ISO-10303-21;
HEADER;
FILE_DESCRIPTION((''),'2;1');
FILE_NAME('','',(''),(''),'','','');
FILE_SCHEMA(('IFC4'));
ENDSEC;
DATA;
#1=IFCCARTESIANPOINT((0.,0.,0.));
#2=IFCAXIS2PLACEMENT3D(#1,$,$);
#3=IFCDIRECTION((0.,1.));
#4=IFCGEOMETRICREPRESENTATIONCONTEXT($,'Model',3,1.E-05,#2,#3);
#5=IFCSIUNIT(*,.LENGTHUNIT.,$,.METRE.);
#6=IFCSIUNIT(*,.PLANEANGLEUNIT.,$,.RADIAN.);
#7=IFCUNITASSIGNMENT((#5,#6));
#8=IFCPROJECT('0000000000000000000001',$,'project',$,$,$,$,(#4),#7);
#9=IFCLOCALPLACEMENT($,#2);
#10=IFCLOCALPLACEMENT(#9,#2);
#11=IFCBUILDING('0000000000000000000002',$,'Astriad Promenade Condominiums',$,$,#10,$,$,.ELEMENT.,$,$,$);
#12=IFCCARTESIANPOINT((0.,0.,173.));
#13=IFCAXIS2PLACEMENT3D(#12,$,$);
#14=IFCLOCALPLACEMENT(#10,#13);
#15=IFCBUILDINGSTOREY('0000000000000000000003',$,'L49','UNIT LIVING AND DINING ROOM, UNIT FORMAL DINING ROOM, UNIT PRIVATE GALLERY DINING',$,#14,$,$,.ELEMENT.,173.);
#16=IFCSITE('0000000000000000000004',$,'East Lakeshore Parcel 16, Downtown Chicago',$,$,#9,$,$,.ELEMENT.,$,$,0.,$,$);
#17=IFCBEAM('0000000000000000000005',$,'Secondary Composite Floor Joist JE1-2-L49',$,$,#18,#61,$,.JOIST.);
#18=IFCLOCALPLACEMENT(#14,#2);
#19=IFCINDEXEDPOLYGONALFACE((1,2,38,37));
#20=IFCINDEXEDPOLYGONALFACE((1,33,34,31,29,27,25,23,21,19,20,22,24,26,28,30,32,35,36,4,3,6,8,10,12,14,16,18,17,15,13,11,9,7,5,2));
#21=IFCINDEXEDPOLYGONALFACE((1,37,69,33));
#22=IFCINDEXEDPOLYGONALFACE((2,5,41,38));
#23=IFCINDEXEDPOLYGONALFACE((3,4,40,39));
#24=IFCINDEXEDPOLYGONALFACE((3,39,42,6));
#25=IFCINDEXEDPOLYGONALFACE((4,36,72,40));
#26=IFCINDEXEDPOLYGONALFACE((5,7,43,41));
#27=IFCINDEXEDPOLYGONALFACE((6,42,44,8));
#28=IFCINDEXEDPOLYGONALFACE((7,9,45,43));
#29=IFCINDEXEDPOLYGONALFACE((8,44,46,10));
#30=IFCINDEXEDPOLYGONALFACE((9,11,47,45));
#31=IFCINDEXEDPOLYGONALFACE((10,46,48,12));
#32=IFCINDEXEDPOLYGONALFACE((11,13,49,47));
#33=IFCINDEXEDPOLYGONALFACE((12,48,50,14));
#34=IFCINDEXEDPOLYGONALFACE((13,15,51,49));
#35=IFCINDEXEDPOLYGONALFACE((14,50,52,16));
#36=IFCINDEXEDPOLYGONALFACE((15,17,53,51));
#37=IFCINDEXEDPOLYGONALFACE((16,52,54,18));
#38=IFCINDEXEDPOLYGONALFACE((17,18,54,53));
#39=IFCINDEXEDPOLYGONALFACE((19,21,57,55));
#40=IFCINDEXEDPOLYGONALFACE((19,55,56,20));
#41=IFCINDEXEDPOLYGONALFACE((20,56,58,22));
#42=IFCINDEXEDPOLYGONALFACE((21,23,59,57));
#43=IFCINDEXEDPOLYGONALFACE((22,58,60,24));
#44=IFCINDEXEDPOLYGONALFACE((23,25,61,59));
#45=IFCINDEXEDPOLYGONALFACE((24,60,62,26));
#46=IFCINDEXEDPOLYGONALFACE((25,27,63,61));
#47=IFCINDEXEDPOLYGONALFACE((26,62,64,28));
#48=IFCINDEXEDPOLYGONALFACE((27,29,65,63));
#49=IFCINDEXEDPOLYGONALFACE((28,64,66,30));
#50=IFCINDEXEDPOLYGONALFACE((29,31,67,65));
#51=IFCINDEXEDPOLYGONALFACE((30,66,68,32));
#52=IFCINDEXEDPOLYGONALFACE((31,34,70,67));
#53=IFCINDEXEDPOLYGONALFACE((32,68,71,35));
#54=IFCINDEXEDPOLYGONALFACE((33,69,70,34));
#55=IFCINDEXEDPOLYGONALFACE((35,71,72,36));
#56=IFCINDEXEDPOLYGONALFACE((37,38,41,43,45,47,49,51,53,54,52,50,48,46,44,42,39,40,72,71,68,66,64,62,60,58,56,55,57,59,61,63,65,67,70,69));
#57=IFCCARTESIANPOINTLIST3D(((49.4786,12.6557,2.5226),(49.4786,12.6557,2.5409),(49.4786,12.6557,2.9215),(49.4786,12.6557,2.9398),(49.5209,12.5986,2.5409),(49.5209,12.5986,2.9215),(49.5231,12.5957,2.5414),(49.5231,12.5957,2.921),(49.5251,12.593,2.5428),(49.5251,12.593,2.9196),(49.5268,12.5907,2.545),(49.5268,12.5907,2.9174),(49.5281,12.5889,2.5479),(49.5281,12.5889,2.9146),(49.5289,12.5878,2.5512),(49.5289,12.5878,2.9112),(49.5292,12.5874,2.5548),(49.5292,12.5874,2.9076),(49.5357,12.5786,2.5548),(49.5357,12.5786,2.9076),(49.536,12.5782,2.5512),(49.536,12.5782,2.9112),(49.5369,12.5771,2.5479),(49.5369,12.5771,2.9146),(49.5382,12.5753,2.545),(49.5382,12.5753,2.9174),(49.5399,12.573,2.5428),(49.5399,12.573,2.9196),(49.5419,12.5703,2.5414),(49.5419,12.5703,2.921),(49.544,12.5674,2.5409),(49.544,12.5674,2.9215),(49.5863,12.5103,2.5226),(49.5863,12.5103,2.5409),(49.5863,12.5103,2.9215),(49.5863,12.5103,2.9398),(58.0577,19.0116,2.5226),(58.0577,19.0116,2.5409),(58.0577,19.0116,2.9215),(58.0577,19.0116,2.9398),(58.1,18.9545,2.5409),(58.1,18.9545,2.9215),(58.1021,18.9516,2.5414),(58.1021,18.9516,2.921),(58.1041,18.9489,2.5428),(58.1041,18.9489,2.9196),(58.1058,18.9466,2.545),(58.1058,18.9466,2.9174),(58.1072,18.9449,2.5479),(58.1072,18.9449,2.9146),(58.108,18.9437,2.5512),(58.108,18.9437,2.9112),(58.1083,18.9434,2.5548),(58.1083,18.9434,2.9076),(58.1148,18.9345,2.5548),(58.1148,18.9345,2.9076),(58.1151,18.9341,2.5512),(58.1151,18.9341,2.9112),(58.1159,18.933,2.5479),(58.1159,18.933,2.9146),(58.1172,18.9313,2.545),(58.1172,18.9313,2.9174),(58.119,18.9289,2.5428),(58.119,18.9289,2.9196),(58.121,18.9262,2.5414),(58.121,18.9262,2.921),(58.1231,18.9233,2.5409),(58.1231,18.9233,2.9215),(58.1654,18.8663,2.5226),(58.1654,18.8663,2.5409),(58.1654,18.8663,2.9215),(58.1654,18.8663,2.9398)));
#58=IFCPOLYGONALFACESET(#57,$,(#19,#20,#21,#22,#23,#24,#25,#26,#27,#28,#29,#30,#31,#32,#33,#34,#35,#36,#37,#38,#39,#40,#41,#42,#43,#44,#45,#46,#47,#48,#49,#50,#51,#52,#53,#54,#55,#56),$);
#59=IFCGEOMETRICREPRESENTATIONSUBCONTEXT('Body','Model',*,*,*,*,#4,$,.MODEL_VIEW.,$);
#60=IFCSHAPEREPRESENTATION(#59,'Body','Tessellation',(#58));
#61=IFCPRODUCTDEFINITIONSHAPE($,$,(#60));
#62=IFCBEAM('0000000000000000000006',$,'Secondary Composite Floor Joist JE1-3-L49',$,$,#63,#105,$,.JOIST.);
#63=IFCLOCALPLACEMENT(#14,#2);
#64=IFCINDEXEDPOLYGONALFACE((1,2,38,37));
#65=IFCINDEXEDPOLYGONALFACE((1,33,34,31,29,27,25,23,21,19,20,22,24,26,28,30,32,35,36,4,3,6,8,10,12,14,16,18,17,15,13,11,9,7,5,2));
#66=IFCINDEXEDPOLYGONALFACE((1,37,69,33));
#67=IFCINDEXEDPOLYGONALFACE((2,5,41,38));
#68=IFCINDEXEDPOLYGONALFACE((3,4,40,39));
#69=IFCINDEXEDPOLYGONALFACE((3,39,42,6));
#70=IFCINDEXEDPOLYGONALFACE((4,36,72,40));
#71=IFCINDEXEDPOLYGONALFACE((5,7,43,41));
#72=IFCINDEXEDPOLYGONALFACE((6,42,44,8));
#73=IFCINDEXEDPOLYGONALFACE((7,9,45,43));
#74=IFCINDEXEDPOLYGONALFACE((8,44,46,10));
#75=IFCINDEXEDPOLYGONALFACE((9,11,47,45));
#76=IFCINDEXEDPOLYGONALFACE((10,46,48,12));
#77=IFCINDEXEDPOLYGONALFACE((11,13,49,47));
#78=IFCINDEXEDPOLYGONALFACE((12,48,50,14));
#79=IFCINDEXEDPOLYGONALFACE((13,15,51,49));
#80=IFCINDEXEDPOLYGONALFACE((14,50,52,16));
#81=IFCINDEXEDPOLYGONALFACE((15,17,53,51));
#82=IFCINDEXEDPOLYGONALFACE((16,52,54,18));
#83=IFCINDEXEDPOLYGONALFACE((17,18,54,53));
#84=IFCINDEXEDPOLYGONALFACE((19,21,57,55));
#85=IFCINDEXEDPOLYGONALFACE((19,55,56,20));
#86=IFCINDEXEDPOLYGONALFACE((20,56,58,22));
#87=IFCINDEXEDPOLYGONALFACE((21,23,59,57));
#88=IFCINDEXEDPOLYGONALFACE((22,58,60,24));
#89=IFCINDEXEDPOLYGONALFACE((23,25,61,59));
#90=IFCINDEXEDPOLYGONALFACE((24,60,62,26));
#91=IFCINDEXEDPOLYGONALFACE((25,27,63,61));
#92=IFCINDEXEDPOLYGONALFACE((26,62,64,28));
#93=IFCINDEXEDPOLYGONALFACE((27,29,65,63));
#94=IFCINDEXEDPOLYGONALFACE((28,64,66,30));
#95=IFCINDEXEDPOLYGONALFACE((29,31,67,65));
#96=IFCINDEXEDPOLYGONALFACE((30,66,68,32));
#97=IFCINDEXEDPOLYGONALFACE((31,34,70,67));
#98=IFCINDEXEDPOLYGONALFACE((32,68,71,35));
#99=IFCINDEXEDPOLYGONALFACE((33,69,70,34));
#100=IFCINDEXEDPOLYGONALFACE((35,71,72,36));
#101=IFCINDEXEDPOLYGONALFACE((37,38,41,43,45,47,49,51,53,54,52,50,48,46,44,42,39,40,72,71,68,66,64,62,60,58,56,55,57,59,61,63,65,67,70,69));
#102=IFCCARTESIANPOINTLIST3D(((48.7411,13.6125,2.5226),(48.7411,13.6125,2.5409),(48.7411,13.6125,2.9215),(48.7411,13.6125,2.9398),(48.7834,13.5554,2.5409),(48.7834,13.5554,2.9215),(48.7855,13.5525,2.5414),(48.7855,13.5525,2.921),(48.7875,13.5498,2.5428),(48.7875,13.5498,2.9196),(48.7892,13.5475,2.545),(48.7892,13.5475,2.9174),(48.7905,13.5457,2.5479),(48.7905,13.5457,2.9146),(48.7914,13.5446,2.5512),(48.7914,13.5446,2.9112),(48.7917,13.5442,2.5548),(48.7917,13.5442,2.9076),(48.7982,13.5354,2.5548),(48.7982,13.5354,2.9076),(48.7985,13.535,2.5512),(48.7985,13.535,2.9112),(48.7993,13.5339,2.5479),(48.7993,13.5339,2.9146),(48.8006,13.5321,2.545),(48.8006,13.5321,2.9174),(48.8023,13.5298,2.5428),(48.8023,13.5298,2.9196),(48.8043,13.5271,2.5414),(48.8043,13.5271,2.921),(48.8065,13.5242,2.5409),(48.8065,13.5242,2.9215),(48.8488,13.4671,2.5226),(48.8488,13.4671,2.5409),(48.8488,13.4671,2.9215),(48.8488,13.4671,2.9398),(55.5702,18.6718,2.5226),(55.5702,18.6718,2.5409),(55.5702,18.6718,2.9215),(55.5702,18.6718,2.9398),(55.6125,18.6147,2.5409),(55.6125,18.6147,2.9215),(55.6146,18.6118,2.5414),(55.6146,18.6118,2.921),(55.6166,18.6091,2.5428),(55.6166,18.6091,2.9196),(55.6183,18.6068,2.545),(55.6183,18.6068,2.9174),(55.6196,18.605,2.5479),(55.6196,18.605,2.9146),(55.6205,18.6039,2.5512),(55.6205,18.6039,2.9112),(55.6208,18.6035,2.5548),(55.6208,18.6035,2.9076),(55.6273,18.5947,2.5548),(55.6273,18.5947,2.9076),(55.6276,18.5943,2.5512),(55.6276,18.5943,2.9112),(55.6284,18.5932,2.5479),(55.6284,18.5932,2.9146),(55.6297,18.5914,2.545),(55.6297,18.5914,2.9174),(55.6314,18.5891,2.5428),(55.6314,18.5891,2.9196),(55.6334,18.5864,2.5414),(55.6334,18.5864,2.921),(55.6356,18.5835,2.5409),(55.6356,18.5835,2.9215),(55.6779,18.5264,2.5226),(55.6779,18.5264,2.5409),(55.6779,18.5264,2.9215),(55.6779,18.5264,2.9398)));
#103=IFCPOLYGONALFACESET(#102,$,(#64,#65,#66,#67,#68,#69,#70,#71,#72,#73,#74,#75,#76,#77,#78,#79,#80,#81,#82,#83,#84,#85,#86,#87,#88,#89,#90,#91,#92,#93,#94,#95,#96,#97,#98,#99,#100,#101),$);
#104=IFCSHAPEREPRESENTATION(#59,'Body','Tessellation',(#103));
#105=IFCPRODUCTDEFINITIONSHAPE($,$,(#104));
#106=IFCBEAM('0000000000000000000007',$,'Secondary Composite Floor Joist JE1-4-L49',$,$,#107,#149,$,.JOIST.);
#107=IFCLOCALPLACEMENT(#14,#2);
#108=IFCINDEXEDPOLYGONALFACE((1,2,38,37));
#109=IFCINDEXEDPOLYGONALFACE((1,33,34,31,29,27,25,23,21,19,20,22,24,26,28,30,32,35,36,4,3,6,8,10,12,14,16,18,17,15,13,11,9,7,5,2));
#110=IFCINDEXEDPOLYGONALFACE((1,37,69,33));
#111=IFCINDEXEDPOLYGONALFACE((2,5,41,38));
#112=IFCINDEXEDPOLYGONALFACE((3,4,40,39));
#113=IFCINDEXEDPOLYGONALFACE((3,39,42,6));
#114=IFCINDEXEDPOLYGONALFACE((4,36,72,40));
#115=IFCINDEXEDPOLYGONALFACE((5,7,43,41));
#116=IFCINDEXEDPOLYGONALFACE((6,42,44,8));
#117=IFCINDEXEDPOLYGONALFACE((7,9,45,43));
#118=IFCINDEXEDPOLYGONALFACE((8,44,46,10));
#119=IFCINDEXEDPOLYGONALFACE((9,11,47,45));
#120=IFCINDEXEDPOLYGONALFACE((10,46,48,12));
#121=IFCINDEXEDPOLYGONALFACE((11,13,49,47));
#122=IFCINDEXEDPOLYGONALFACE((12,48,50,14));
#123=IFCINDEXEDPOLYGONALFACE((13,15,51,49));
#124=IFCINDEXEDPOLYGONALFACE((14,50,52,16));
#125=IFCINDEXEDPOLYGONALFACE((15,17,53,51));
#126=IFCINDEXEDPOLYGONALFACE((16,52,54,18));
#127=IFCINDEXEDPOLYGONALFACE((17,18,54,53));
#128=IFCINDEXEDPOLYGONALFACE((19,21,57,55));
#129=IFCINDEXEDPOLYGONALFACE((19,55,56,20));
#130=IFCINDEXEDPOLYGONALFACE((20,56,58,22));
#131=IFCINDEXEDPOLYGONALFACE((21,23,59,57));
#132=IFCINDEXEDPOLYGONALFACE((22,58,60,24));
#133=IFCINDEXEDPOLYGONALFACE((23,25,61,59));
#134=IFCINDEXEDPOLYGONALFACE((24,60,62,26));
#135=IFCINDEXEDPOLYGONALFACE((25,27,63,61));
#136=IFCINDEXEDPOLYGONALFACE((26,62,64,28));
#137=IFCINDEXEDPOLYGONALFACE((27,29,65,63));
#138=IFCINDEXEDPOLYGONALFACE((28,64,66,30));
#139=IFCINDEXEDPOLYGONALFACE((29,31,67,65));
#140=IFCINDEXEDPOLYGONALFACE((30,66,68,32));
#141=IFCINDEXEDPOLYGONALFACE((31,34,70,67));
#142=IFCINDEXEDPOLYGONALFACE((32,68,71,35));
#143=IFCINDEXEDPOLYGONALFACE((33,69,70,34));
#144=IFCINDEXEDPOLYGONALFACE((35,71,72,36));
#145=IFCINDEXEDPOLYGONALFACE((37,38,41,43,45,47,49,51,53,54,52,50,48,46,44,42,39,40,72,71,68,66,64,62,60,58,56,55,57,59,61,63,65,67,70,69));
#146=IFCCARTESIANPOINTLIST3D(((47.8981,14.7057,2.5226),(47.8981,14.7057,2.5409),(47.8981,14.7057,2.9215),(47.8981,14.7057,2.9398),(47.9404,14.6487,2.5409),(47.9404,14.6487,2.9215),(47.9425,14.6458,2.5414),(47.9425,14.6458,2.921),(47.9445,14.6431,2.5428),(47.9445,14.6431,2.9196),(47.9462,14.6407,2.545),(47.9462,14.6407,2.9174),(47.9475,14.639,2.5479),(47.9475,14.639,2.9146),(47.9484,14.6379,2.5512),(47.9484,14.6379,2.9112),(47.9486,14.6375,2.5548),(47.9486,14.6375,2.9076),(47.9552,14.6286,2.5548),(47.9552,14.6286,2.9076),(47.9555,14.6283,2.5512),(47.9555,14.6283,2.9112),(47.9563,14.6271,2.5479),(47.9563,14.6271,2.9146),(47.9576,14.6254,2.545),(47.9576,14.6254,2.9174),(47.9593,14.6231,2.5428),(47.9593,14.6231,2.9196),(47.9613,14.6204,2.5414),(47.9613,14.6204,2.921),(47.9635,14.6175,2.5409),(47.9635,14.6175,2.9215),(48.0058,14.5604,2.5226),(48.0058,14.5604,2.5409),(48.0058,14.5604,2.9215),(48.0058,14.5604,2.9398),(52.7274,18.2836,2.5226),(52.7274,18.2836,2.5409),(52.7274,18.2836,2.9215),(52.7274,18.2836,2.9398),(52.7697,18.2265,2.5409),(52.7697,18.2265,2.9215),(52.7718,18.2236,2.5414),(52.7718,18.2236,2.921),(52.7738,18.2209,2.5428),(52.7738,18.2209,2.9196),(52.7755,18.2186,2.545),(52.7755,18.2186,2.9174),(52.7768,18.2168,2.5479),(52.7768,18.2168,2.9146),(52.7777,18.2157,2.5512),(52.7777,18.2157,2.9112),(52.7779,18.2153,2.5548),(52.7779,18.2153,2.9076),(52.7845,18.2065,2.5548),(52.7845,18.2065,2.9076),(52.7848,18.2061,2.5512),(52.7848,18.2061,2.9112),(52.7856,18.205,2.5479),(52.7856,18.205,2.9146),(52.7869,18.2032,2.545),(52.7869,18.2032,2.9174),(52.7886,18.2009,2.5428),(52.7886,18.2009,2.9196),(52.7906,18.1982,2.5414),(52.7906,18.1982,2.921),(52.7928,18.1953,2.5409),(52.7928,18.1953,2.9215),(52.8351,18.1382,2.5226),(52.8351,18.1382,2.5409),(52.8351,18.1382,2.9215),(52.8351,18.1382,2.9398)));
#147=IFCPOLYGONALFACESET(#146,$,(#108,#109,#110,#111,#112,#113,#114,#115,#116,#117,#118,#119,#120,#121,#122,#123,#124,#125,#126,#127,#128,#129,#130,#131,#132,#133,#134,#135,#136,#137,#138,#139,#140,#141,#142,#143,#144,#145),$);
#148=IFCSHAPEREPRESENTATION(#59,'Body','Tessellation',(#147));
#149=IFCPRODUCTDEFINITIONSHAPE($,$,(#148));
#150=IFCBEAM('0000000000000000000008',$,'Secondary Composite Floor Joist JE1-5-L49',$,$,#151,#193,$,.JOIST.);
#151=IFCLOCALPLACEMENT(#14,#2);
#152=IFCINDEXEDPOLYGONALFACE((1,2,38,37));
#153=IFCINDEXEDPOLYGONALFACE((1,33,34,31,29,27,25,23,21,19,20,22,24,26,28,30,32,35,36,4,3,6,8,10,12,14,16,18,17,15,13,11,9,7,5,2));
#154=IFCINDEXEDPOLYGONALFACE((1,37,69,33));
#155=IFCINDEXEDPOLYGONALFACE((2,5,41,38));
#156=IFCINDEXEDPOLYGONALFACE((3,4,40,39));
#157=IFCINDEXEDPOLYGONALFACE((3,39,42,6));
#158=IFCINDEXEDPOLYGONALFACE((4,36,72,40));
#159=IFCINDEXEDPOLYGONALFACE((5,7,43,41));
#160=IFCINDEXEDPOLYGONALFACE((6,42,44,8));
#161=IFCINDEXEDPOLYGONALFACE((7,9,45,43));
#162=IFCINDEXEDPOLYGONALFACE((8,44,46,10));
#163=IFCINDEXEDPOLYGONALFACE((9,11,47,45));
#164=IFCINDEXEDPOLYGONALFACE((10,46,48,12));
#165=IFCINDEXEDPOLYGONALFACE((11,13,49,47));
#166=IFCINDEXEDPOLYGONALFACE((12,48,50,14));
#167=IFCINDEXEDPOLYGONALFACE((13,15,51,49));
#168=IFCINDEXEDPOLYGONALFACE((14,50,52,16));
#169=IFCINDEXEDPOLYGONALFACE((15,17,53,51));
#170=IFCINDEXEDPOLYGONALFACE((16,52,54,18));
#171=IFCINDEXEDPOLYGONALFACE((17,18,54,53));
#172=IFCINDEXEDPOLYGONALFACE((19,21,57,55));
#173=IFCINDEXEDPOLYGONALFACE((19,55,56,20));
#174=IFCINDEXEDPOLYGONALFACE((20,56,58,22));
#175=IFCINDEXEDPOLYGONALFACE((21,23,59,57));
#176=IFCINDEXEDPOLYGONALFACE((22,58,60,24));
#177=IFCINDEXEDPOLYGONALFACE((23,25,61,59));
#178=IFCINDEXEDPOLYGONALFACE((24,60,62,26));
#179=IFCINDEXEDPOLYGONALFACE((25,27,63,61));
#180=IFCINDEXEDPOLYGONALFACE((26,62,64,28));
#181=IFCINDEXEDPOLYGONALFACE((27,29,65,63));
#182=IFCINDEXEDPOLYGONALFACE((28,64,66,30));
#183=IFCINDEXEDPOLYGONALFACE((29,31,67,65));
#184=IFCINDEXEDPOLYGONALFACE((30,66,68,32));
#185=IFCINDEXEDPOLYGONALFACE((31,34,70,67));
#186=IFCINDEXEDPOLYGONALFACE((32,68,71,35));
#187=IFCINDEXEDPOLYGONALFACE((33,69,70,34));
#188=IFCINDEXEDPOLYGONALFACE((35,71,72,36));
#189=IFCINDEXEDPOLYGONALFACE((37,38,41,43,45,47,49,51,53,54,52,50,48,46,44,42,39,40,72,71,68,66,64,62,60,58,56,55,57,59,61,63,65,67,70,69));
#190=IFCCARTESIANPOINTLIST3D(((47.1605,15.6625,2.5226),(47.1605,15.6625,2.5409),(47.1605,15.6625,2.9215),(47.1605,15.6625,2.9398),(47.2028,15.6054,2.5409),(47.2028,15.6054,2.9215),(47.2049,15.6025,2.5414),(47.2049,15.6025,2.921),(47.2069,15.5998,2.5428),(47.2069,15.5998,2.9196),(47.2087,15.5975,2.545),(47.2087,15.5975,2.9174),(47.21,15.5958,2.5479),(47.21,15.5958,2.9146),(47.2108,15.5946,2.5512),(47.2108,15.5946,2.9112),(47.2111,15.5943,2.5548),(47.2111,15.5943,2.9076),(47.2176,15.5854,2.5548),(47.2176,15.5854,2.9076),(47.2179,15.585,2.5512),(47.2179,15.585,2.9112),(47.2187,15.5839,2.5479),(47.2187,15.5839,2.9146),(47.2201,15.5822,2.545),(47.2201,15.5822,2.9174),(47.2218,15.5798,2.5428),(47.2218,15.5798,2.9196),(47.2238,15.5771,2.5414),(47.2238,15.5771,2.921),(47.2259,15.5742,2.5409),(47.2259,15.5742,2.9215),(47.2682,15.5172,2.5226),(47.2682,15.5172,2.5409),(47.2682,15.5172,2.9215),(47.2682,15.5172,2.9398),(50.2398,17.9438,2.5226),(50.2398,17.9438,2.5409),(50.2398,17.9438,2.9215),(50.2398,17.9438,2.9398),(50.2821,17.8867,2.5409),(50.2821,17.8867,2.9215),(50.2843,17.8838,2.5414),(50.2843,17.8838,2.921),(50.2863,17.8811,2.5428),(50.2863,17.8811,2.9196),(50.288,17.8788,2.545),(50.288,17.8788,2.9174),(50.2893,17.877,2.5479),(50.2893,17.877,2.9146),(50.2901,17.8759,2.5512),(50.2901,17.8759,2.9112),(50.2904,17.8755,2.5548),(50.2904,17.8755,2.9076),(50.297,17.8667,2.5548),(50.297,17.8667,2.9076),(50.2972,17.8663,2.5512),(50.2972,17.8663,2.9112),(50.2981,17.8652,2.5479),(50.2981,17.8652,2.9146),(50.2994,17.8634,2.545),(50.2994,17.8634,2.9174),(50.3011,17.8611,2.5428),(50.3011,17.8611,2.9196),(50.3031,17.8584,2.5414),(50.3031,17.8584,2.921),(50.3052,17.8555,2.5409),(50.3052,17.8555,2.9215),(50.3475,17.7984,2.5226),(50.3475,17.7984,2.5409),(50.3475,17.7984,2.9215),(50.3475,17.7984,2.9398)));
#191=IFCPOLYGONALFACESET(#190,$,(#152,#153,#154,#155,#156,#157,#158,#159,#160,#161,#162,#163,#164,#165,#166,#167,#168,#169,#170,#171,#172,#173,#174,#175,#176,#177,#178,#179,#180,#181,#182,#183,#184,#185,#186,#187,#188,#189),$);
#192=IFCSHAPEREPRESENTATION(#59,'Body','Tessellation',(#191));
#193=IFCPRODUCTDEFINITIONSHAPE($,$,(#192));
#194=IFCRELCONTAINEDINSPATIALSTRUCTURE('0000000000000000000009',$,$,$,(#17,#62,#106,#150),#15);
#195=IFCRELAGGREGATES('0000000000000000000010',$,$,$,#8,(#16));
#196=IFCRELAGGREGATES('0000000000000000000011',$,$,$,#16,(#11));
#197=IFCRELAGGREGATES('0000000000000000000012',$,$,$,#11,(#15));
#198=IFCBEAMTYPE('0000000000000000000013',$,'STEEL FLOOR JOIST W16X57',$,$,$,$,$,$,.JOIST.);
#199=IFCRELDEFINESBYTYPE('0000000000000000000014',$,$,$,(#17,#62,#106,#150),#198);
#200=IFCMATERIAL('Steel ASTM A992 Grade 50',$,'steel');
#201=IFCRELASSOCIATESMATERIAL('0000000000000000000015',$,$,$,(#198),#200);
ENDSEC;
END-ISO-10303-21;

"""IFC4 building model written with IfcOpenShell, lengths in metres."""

from ifc_helpers import new_model, si_unit, direction, frame, origin, origin_2d, place, context, subcontext, project, spatial, i_section, extrude, source, transform, mapped, material, material_profile, profile_set, type_object, element, save


model = new_model("IFC4")

# Units and contexts
model_context = context("Model", 3, precision=1e-05, world=origin(), true_north=direction((0.0, 1.0)))
body_context = subcontext(model_context, "Body", "Model", "MODEL_VIEW")
ifc_project = project(units=[si_unit("LENGTHUNIT", "METRE"), si_unit("PLANEANGLEUNIT", "RADIAN")], contexts=[model_context])

# Site, building, storey
site_placement = place(None, origin())
site = spatial("IfcSite", under=ifc_project, at=site_placement, Name="East Lakeshore Parcel 16, Downtown Chicago", CompositionType="ELEMENT", RefElevation=0.0)
building_placement = place(site_placement, origin())
building = spatial("IfcBuilding", under=site, at=building_placement, Name="Astriad Promenade Condominiums", CompositionType="ELEMENT")
storey_placement = place(building_placement, frame((0.0, 0.0, 173.0)))
storey = spatial("IfcBuildingStorey", under=building, at=storey_placement, Name="L49", Description="UNIT LIVING AND DINING ROOM, UNIT FORMAL DINING ROOM, UNIT PRIVATE GALLERY DINING", CompositionType="ELEMENT", Elevation=173.0)

# Beams
ifc_material_1 = material(Name="Steel ASTM A992 Grade 50", Category="steel")
ifc_material_profile_1 = material_profile(ifc_material_1, i_section(OverallWidth=0.1809, OverallDepth=0.4172, WebThickness=0.011, FlangeThickness=0.0183, FilletRadius=0.0139, at=origin_2d()), Name="W16X57")
ifc_profile_set_1 = profile_set([ifc_material_profile_1], Name="Steel ASTM A992 Grade 50")
beam_type_1 = type_object("IfcBeamType", Name="STEEL FLOOR JOIST W16X57", PredefinedType="JOIST", material=ifc_profile_set_1)
shared_shape_1 = source(origin(), body_context, "Body", "SweptSolid", [
    extrude(i_section(OverallWidth=0.1809, OverallDepth=0.4172, WebThickness=0.011, FlangeThickness=0.0183, FilletRadius=0.0139, at=origin_2d()), origin(), (0.0, 0.0, 1.0), 10.677),
])
beam_1_placement = place(storey_placement, frame((49.5325, 12.583, 2.7312), z_axis=(0.803509, 0.595292, 0.0), x_axis=(-0.595292, 0.803509, 0.0)))
element("IfcBeam", 1, at=beam_1_placement, inside=storey, type_object=beam_type_1, Name="Secondary Composite Floor Joist JE1-2-L49", PredefinedType="JOIST", context=body_context, shape_type="MappedRepresentation", body=[
    mapped(shared_shape_1, transform((0.0, 0.0, 0.0), scale=1.0)),
])
shared_shape_2 = source(origin(), body_context, "Body", "SweptSolid", [
    extrude(i_section(OverallWidth=0.1809, OverallDepth=0.4172, WebThickness=0.011, FlangeThickness=0.0183, FilletRadius=0.0139, at=origin_2d()), origin(), (0.0, 0.0, 1.0), 8.499),
])
beam_2_placement = place(storey_placement, frame((48.7949, 13.5398, 2.7312), z_axis=(0.803516, 0.595283, 0.0), x_axis=(-0.595283, 0.803516, 0.0)))
element("IfcBeam", 2, at=beam_2_placement, inside=storey, type_object=beam_type_1, Name="Secondary Composite Floor Joist JE1-3-L49", PredefinedType="JOIST", context=body_context, shape_type="MappedRepresentation", body=[
    mapped(shared_shape_2, transform((0.0, 0.0, 0.0), scale=1.0)),
])
shared_shape_3 = source(origin(), body_context, "Body", "SweptSolid", [
    extrude(i_section(OverallWidth=0.1809, OverallDepth=0.4172, WebThickness=0.011, FlangeThickness=0.0183, FilletRadius=0.0139, at=origin_2d()), origin(), (0.0, 0.0, 1.0), 6.0103),
])
beam_3_placement = place(storey_placement, frame((47.9519, 14.6331, 2.7312), z_axis=(0.80351, 0.595291, 0.0), x_axis=(-0.595291, 0.80351, 0.0)))
element("IfcBeam", 3, at=beam_3_placement, inside=storey, type_object=beam_type_1, Name="Secondary Composite Floor Joist JE1-4-L49", PredefinedType="JOIST", context=body_context, shape_type="MappedRepresentation", body=[
    mapped(shared_shape_3, transform((0.0, 0.0, 0.0), scale=1.0)),
])
shared_shape_4 = source(origin(), body_context, "Body", "SweptSolid", [
    extrude(i_section(OverallWidth=0.1809, OverallDepth=0.4172, WebThickness=0.011, FlangeThickness=0.0183, FilletRadius=0.0139, at=origin_2d()), origin(), (0.0, 0.0, 1.0), 3.8323),
])
beam_4_placement = place(storey_placement, frame((47.2144, 15.5898, 2.7312), z_axis=(0.803526, 0.59527, 0.0), x_axis=(-0.59527, 0.803526, 0.0)))
element("IfcBeam", 4, at=beam_4_placement, inside=storey, type_object=beam_type_1, Name="Secondary Composite Floor Joist JE1-5-L49", PredefinedType="JOIST", context=body_context, shape_type="MappedRepresentation", body=[
    mapped(shared_shape_4, transform((0.0, 0.0, 0.0), scale=1.0)),
])

save(model, "model.ifc")
